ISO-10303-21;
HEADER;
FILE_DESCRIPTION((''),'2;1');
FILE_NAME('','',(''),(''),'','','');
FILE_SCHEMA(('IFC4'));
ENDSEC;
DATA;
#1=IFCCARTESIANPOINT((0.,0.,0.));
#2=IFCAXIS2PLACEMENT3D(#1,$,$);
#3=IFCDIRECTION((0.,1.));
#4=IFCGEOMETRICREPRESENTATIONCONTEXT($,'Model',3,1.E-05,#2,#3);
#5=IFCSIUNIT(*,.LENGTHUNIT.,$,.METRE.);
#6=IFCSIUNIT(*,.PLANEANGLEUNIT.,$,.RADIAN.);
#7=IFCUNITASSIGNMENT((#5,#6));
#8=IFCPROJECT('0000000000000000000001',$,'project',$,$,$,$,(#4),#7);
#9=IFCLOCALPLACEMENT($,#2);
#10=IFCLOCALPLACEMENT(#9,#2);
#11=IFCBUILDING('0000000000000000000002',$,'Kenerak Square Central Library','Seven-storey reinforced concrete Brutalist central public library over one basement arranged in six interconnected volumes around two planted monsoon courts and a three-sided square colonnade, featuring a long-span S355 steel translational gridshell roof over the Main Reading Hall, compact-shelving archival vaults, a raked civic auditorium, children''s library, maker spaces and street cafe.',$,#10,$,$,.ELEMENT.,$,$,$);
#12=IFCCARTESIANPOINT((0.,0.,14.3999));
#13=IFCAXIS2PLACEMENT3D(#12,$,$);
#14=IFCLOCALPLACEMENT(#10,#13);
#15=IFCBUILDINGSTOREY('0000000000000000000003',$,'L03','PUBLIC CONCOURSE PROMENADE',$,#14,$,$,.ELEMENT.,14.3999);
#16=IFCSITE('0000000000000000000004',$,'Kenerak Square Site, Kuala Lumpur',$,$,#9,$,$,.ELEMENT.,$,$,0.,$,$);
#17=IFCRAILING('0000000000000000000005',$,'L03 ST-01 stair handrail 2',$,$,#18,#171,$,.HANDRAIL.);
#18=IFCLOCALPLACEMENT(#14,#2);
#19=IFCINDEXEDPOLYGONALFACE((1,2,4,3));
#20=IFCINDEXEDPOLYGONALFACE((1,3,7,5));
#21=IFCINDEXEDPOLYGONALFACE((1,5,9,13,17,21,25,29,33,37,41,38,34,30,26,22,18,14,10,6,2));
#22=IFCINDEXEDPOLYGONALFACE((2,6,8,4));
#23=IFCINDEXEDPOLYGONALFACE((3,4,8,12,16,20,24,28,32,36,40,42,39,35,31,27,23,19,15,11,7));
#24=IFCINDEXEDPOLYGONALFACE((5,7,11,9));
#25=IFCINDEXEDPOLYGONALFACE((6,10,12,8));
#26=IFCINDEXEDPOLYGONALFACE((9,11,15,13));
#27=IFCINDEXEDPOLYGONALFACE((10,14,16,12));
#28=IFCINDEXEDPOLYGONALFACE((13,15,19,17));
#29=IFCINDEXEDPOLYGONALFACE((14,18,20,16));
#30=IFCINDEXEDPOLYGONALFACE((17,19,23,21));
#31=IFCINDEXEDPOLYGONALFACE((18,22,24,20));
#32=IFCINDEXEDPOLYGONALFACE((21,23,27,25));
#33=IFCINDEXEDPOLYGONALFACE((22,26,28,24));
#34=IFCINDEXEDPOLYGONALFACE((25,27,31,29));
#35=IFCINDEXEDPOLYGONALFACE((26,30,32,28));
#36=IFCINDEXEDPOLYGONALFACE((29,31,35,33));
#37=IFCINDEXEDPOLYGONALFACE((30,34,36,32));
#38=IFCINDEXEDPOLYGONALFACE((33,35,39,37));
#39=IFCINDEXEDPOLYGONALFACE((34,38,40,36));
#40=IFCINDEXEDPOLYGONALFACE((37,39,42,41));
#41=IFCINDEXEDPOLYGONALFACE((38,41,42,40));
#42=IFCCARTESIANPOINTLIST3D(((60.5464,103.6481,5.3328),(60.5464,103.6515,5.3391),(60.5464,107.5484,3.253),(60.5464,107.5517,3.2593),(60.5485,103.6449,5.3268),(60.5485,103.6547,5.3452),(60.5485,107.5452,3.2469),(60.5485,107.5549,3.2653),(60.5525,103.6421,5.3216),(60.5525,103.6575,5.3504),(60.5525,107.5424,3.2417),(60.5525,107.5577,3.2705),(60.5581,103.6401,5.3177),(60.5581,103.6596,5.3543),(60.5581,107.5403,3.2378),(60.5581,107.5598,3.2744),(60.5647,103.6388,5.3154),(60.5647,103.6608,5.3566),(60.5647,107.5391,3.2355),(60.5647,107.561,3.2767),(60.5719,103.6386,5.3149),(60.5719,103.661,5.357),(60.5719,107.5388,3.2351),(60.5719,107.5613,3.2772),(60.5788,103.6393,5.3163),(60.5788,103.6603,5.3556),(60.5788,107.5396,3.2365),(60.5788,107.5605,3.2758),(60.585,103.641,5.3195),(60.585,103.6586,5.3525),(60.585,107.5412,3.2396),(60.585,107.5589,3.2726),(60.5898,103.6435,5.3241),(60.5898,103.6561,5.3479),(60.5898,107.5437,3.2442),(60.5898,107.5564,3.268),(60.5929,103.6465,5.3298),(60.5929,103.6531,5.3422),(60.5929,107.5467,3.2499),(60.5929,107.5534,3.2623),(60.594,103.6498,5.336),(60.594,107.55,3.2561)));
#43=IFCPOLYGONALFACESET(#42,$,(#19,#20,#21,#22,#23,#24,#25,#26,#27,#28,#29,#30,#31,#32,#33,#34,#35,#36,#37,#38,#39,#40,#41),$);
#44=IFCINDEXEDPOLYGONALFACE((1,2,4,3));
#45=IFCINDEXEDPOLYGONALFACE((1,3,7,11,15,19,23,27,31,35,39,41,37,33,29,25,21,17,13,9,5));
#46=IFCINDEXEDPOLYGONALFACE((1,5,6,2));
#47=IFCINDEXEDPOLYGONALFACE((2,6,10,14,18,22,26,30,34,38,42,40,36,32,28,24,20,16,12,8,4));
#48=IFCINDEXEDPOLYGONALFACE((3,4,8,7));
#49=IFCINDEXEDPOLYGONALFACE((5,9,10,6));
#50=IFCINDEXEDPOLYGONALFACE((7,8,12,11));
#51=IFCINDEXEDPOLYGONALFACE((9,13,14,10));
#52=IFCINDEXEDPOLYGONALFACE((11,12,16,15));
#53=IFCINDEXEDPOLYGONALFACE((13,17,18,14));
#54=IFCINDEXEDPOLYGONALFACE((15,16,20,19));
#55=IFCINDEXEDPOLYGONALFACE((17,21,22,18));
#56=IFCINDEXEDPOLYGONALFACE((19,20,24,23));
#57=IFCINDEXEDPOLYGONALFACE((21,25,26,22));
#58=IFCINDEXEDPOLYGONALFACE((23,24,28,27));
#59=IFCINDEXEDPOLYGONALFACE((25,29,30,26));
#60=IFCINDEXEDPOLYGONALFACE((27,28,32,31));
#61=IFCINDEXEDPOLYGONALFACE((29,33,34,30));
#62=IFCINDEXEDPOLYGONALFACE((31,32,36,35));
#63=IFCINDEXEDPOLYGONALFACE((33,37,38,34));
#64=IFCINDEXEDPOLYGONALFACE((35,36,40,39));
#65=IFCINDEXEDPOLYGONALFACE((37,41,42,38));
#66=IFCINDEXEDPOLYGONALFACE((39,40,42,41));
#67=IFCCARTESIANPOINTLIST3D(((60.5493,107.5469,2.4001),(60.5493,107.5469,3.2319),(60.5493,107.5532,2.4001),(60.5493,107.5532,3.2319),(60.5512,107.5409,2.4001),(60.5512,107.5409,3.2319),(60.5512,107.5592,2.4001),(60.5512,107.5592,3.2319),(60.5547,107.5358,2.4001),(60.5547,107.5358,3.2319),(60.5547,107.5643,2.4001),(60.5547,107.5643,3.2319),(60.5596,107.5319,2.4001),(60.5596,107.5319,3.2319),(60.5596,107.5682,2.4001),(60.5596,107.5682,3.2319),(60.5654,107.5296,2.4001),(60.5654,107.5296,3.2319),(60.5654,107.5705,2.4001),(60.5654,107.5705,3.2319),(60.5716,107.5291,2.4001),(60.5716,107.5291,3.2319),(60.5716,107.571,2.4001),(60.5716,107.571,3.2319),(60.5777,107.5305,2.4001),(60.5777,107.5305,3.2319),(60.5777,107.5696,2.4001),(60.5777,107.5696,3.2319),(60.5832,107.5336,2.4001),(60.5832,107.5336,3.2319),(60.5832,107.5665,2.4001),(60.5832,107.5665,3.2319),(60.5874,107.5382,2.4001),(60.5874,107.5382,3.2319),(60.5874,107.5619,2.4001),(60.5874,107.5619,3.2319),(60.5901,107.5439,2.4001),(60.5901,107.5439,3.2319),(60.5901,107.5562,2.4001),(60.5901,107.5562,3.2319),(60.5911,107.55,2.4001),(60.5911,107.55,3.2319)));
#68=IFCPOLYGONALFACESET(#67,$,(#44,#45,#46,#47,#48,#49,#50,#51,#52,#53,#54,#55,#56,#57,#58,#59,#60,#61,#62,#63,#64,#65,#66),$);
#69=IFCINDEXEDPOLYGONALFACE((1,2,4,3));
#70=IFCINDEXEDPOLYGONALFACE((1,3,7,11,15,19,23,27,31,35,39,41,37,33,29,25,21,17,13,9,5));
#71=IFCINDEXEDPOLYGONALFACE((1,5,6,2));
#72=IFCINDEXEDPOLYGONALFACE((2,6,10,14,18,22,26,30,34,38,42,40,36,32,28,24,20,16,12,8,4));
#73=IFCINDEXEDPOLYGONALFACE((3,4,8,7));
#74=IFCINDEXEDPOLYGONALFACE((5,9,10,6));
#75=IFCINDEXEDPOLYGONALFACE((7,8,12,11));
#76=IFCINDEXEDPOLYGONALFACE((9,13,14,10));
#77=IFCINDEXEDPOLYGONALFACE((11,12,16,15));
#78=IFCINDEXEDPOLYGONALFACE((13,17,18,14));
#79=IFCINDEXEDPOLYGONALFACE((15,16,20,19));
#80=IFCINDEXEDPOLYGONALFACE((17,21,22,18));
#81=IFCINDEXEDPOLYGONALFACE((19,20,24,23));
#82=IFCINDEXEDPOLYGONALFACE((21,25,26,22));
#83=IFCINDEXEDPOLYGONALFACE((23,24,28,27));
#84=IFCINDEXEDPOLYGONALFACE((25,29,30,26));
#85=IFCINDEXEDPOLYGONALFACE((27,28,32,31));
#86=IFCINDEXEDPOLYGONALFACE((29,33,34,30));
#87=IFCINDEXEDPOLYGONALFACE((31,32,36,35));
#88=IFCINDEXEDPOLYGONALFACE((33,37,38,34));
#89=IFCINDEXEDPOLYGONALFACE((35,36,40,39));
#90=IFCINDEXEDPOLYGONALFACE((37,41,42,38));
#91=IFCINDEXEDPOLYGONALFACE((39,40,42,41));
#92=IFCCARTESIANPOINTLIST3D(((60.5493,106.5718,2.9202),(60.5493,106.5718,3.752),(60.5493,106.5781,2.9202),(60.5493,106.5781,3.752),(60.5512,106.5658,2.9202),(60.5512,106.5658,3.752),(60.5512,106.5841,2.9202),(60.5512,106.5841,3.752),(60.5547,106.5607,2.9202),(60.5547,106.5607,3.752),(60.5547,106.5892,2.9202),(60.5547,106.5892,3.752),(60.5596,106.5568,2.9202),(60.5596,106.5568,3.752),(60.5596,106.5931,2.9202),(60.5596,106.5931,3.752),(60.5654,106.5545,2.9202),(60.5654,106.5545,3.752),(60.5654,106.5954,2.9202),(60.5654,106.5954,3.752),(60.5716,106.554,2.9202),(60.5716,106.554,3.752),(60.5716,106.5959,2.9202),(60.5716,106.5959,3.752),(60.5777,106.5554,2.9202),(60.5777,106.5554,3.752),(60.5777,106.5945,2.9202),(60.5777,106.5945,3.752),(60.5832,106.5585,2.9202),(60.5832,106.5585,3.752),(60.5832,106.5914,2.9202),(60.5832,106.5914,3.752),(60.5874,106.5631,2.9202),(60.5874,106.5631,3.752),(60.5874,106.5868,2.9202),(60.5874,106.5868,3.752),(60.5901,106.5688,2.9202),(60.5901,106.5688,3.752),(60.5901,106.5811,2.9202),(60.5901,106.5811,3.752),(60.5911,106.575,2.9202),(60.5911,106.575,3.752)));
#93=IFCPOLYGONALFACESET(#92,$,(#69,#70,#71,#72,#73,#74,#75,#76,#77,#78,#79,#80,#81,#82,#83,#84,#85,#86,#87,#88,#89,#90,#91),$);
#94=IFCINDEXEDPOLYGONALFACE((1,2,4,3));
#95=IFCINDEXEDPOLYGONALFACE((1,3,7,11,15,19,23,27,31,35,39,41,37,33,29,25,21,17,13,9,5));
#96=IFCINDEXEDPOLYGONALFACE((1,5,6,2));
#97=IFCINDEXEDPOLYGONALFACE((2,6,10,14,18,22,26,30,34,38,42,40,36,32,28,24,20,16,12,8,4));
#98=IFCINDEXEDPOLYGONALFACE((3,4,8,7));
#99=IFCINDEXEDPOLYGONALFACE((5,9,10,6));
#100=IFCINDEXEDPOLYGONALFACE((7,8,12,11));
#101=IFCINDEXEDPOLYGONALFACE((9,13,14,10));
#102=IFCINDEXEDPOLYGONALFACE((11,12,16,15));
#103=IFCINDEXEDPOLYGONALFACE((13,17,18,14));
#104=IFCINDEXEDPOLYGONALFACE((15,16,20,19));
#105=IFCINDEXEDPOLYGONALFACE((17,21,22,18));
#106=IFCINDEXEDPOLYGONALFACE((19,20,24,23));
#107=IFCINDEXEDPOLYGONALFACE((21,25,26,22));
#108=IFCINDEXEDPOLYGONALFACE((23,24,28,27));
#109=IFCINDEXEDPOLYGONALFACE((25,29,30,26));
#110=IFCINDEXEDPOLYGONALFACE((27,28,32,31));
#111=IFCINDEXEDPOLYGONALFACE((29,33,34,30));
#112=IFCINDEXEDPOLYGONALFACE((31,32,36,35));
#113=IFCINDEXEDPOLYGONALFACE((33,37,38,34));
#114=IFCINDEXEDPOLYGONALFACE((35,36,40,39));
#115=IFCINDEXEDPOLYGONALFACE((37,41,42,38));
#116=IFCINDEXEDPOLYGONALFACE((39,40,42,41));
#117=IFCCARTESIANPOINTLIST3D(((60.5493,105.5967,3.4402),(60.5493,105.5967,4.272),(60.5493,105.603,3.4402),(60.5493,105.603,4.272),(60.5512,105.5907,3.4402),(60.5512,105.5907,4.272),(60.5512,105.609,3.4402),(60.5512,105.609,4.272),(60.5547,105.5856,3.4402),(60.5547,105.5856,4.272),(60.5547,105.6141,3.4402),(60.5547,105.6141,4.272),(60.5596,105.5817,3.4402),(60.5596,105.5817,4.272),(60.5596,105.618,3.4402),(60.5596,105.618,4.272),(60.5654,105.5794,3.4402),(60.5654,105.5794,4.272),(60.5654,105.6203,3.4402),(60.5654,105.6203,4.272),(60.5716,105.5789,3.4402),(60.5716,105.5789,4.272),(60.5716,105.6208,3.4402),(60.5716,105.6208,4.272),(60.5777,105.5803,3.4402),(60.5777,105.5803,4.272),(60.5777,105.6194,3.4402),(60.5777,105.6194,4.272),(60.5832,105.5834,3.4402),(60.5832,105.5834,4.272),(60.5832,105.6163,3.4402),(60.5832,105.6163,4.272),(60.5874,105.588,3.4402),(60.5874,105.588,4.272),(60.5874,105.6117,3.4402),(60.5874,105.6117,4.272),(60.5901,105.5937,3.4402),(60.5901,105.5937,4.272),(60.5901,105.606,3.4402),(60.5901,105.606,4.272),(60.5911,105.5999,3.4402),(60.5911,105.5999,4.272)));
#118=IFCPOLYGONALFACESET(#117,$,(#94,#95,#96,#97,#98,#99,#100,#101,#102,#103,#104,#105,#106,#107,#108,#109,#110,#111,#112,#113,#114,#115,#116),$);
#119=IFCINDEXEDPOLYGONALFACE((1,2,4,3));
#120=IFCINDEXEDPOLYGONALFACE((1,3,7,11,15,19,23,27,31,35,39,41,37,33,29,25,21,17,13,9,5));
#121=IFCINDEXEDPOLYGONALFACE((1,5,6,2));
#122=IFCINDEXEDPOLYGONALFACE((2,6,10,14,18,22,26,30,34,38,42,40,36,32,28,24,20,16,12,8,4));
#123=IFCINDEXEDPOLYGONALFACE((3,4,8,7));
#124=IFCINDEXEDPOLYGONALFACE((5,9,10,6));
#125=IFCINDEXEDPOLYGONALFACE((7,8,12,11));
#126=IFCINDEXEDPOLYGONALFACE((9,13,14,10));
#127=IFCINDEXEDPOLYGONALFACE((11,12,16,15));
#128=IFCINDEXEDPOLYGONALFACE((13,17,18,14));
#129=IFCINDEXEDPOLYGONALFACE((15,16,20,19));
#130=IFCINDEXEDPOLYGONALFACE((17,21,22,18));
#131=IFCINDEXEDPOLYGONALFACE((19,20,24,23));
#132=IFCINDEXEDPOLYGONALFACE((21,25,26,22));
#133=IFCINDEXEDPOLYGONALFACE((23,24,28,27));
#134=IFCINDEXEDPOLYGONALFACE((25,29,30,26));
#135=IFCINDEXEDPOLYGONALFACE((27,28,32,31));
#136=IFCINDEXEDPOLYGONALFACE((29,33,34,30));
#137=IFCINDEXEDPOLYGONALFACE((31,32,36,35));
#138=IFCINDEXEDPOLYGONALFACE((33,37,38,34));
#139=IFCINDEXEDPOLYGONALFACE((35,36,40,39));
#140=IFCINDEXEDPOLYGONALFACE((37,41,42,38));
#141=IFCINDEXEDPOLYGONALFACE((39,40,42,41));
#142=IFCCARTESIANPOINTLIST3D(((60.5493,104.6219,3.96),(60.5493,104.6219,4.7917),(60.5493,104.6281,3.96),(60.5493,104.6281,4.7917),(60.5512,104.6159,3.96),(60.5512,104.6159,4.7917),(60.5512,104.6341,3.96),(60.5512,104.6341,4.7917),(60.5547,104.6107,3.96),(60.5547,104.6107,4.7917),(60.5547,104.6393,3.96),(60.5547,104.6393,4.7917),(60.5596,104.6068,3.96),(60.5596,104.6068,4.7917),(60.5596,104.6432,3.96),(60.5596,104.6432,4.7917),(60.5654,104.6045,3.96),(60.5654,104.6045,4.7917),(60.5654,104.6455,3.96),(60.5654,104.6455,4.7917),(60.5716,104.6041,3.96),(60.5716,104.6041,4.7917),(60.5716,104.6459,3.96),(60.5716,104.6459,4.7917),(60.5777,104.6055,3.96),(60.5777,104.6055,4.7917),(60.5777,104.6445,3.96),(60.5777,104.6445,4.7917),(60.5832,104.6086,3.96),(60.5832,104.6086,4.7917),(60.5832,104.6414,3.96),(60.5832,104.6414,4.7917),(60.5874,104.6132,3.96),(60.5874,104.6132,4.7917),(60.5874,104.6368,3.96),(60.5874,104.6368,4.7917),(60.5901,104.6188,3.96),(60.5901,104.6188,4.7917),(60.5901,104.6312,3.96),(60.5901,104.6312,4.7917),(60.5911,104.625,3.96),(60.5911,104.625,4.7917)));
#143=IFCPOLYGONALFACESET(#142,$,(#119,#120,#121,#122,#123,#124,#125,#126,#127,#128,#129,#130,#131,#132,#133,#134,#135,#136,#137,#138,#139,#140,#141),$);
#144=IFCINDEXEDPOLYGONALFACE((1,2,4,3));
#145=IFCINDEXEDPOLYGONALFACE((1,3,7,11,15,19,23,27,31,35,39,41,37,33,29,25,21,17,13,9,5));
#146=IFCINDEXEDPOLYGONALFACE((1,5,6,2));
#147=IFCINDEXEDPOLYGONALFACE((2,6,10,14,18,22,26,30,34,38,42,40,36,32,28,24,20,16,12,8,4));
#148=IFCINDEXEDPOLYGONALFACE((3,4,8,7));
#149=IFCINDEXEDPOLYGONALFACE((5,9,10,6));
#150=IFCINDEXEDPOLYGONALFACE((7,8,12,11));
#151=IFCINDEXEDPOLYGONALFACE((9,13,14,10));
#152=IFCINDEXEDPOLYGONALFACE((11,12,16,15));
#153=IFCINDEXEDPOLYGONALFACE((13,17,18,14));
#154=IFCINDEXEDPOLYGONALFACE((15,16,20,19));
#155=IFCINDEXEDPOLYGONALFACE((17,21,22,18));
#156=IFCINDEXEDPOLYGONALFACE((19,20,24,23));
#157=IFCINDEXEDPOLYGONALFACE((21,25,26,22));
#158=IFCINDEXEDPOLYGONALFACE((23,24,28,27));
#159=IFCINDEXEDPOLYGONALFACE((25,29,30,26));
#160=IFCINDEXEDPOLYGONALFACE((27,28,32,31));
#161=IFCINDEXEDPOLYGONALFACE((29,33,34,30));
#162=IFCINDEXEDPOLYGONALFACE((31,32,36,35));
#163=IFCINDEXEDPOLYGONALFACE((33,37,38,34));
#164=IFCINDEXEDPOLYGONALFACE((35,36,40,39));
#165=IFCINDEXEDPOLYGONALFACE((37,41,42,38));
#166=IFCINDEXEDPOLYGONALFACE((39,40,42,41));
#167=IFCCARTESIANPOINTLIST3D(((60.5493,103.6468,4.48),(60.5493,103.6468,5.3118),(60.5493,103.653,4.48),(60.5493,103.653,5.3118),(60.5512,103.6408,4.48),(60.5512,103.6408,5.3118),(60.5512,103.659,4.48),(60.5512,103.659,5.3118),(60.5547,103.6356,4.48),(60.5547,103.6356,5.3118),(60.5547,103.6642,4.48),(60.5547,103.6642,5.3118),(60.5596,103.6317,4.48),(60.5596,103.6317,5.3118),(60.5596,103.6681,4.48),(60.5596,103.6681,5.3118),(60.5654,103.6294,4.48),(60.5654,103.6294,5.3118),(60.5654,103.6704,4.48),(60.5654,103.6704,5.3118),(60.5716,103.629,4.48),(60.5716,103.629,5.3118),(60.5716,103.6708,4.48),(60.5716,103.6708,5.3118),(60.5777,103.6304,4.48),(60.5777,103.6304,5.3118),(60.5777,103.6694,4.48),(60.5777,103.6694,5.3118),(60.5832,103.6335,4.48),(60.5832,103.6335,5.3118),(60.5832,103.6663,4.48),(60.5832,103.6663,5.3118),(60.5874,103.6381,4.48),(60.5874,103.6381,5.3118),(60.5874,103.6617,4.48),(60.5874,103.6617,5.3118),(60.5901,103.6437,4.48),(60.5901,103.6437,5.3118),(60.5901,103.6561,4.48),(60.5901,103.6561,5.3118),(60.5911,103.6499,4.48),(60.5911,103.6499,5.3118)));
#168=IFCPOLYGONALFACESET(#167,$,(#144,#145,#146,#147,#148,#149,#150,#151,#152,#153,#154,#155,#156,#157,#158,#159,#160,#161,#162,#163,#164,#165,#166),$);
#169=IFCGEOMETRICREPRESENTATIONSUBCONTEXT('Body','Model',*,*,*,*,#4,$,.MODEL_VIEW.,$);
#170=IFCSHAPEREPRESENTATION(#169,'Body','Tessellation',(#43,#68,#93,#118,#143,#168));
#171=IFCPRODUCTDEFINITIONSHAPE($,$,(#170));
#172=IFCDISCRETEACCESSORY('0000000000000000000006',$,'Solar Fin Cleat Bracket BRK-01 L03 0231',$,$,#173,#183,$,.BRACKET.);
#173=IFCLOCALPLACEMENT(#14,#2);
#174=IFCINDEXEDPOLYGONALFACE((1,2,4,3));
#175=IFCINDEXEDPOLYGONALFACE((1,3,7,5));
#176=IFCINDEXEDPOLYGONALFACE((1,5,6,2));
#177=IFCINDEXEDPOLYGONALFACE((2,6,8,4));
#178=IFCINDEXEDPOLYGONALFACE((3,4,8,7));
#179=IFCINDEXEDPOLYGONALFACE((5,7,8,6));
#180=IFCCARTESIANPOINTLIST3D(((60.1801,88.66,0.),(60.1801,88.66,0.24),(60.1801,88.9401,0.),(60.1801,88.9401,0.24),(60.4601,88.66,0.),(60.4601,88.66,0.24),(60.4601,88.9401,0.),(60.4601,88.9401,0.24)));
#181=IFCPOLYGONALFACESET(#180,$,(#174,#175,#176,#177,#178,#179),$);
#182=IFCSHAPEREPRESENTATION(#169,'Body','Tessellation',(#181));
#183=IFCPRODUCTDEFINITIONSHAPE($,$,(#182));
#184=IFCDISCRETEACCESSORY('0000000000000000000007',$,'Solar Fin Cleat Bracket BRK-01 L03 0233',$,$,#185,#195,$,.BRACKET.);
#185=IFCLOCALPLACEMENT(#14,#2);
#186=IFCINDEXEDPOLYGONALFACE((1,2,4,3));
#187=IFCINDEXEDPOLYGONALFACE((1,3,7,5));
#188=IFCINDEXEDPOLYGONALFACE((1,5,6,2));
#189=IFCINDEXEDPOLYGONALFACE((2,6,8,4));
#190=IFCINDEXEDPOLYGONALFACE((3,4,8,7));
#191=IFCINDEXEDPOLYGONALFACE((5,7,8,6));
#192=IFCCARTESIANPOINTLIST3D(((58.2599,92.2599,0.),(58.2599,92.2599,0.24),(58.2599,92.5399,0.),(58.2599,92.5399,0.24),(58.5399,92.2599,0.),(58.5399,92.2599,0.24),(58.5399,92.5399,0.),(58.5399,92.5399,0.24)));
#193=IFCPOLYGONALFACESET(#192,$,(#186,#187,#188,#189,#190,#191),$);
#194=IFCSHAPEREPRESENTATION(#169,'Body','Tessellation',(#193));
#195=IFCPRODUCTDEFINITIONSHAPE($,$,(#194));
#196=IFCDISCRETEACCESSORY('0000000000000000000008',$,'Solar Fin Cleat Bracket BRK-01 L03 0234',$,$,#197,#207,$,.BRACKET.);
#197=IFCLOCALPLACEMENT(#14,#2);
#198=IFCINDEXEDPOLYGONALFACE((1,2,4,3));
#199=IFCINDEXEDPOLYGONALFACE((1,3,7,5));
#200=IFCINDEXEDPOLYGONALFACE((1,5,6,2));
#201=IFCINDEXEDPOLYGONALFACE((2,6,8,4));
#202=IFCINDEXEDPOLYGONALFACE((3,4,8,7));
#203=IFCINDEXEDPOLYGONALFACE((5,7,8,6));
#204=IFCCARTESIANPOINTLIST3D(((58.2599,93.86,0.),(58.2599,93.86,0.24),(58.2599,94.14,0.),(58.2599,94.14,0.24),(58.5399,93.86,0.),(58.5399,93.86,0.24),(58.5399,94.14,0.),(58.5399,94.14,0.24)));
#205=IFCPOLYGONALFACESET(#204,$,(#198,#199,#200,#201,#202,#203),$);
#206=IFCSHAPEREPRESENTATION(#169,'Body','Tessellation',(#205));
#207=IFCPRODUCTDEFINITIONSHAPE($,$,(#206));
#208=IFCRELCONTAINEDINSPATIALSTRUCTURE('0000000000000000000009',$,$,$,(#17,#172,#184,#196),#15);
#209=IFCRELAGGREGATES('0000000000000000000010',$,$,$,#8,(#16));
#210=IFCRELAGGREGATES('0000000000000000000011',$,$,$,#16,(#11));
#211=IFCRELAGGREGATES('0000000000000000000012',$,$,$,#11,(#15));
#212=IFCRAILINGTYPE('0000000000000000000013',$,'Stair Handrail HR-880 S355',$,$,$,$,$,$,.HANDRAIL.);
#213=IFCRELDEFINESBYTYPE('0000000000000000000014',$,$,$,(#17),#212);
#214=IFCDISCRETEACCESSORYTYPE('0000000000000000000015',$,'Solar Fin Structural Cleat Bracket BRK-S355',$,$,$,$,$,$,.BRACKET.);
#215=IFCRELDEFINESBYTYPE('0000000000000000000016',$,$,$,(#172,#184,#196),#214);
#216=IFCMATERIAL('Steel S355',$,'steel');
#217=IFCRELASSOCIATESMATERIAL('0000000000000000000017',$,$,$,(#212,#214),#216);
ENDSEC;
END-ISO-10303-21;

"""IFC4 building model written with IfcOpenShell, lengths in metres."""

from ifc_helpers import new_model, si_unit, direction, frame, origin, origin_2d, place, context, subcontext, project, spatial, rectangle, circle, extrude, material, type_object, element, save


model = new_model("IFC4")

# Units and contexts
model_context = context("Model", 3, precision=1e-05, world=origin(), true_north=direction((0.0, 1.0)))
body_context = subcontext(model_context, "Body", "Model", "MODEL_VIEW")
ifc_project = project(units=[si_unit("LENGTHUNIT", "METRE"), si_unit("PLANEANGLEUNIT", "RADIAN")], contexts=[model_context])

# Site, building, storey
site_placement = place(None, origin())
site = spatial("IfcSite", under=ifc_project, at=site_placement, Name="Kenerak Square Site, Kuala Lumpur", CompositionType="ELEMENT", RefElevation=0.0)
building_placement = place(site_placement, origin())
building = spatial("IfcBuilding", under=site, at=building_placement, Name="Kenerak Square Central Library", Description="Seven-storey reinforced concrete Brutalist central public library over one basement arranged in six interconnected volumes around two planted monsoon courts and a three-sided square colonnade, featuring a long-span S355 steel translational gridshell roof over the Main Reading Hall, compact-shelving archival vaults, a raked civic auditorium, children's library, maker spaces and street cafe.", CompositionType="ELEMENT")
storey_placement = place(building_placement, frame((0.0, 0.0, 14.3999)))
storey = spatial("IfcBuildingStorey", under=building, at=storey_placement, Name="L03", Description="PUBLIC CONCOURSE PROMENADE", CompositionType="ELEMENT", Elevation=14.3999)

# Railing
ifc_material_1 = material(Name="Steel S355", Category="steel")
railing_type_1 = type_object("IfcRailingType", Name="Stair Handrail HR-880 S355", PredefinedType="HANDRAIL", material=ifc_material_1)
railing_1_placement = place(storey_placement, frame((60.5701, 107.55, 2.4001)))
element("IfcRailing", 1, at=railing_1_placement, inside=storey, type_object=railing_type_1, Name="L03 ST-01 stair handrail 2", PredefinedType="HANDRAIL", context=body_context, shape_type="SweptSolid", body=[
    extrude(circle(Radius=0.0239, at=origin_2d()), frame((0.0, 0.0, 0.856), z_axis=(0.0, -0.882376, 0.470545), x_axis=(1.0, 0.0, 0.0)), (0.0, 0.0, 1.0), 4.4202),
    extrude(circle(Radius=0.021, at=origin_2d()), origin(), (0.0, 0.0, 1.0), 0.8318),
    extrude(circle(Radius=0.021, at=origin_2d()), frame((0.0, -0.9751, 0.52)), (0.0, 0.0, 1.0), 0.8318),
    extrude(circle(Radius=0.021, at=origin_2d()), frame((0.0, -1.9502, 1.04)), (0.0, 0.0, 1.0), 0.8318),
    extrude(circle(Radius=0.021, at=origin_2d()), frame((0.0, -2.925, 1.5598)), (0.0, 0.0, 1.0), 0.8318),
    extrude(circle(Radius=0.021, at=origin_2d()), frame((0.0, -3.9001, 2.0798)), (0.0, 0.0, 1.0), 0.8318),
])

# Discrete accessories
discrete_accessory_type = type_object("IfcDiscreteAccessoryType", Name="Solar Fin Structural Cleat Bracket BRK-S355", PredefinedType="BRACKET", material=ifc_material_1)
for number, where, z_axis, x_axis, name in (
    (2, (60.3201, 88.8, 0.0), (0.0, 0.0, 1.0), (-1.0, 0.0, 0.0), "Solar Fin Cleat Bracket BRK-01 L03 0231"),
    (3, (58.3999, 92.3999, 0.0), (0.0, 0.0, 1.0), (0.0, 1.0, 0.0), "Solar Fin Cleat Bracket BRK-01 L03 0233"),
    (4, (58.3999, 94.0, 0.0), (0.0, 0.0, 1.0), (0.0, 1.0, 0.0), "Solar Fin Cleat Bracket BRK-01 L03 0234"),
):
    element("IfcDiscreteAccessory", number, at=place(storey_placement, frame(where, z_axis=z_axis, x_axis=x_axis)), inside=storey, type_object=discrete_accessory_type, Name=name, PredefinedType="BRACKET", context=body_context, shape_type="SweptSolid", body=[
        extrude(rectangle(XDim=0.28, YDim=0.28, at=origin_2d()), origin(), (0.0, 0.0, 1.0), 0.24),
    ])

save(model, "model.ifc")
